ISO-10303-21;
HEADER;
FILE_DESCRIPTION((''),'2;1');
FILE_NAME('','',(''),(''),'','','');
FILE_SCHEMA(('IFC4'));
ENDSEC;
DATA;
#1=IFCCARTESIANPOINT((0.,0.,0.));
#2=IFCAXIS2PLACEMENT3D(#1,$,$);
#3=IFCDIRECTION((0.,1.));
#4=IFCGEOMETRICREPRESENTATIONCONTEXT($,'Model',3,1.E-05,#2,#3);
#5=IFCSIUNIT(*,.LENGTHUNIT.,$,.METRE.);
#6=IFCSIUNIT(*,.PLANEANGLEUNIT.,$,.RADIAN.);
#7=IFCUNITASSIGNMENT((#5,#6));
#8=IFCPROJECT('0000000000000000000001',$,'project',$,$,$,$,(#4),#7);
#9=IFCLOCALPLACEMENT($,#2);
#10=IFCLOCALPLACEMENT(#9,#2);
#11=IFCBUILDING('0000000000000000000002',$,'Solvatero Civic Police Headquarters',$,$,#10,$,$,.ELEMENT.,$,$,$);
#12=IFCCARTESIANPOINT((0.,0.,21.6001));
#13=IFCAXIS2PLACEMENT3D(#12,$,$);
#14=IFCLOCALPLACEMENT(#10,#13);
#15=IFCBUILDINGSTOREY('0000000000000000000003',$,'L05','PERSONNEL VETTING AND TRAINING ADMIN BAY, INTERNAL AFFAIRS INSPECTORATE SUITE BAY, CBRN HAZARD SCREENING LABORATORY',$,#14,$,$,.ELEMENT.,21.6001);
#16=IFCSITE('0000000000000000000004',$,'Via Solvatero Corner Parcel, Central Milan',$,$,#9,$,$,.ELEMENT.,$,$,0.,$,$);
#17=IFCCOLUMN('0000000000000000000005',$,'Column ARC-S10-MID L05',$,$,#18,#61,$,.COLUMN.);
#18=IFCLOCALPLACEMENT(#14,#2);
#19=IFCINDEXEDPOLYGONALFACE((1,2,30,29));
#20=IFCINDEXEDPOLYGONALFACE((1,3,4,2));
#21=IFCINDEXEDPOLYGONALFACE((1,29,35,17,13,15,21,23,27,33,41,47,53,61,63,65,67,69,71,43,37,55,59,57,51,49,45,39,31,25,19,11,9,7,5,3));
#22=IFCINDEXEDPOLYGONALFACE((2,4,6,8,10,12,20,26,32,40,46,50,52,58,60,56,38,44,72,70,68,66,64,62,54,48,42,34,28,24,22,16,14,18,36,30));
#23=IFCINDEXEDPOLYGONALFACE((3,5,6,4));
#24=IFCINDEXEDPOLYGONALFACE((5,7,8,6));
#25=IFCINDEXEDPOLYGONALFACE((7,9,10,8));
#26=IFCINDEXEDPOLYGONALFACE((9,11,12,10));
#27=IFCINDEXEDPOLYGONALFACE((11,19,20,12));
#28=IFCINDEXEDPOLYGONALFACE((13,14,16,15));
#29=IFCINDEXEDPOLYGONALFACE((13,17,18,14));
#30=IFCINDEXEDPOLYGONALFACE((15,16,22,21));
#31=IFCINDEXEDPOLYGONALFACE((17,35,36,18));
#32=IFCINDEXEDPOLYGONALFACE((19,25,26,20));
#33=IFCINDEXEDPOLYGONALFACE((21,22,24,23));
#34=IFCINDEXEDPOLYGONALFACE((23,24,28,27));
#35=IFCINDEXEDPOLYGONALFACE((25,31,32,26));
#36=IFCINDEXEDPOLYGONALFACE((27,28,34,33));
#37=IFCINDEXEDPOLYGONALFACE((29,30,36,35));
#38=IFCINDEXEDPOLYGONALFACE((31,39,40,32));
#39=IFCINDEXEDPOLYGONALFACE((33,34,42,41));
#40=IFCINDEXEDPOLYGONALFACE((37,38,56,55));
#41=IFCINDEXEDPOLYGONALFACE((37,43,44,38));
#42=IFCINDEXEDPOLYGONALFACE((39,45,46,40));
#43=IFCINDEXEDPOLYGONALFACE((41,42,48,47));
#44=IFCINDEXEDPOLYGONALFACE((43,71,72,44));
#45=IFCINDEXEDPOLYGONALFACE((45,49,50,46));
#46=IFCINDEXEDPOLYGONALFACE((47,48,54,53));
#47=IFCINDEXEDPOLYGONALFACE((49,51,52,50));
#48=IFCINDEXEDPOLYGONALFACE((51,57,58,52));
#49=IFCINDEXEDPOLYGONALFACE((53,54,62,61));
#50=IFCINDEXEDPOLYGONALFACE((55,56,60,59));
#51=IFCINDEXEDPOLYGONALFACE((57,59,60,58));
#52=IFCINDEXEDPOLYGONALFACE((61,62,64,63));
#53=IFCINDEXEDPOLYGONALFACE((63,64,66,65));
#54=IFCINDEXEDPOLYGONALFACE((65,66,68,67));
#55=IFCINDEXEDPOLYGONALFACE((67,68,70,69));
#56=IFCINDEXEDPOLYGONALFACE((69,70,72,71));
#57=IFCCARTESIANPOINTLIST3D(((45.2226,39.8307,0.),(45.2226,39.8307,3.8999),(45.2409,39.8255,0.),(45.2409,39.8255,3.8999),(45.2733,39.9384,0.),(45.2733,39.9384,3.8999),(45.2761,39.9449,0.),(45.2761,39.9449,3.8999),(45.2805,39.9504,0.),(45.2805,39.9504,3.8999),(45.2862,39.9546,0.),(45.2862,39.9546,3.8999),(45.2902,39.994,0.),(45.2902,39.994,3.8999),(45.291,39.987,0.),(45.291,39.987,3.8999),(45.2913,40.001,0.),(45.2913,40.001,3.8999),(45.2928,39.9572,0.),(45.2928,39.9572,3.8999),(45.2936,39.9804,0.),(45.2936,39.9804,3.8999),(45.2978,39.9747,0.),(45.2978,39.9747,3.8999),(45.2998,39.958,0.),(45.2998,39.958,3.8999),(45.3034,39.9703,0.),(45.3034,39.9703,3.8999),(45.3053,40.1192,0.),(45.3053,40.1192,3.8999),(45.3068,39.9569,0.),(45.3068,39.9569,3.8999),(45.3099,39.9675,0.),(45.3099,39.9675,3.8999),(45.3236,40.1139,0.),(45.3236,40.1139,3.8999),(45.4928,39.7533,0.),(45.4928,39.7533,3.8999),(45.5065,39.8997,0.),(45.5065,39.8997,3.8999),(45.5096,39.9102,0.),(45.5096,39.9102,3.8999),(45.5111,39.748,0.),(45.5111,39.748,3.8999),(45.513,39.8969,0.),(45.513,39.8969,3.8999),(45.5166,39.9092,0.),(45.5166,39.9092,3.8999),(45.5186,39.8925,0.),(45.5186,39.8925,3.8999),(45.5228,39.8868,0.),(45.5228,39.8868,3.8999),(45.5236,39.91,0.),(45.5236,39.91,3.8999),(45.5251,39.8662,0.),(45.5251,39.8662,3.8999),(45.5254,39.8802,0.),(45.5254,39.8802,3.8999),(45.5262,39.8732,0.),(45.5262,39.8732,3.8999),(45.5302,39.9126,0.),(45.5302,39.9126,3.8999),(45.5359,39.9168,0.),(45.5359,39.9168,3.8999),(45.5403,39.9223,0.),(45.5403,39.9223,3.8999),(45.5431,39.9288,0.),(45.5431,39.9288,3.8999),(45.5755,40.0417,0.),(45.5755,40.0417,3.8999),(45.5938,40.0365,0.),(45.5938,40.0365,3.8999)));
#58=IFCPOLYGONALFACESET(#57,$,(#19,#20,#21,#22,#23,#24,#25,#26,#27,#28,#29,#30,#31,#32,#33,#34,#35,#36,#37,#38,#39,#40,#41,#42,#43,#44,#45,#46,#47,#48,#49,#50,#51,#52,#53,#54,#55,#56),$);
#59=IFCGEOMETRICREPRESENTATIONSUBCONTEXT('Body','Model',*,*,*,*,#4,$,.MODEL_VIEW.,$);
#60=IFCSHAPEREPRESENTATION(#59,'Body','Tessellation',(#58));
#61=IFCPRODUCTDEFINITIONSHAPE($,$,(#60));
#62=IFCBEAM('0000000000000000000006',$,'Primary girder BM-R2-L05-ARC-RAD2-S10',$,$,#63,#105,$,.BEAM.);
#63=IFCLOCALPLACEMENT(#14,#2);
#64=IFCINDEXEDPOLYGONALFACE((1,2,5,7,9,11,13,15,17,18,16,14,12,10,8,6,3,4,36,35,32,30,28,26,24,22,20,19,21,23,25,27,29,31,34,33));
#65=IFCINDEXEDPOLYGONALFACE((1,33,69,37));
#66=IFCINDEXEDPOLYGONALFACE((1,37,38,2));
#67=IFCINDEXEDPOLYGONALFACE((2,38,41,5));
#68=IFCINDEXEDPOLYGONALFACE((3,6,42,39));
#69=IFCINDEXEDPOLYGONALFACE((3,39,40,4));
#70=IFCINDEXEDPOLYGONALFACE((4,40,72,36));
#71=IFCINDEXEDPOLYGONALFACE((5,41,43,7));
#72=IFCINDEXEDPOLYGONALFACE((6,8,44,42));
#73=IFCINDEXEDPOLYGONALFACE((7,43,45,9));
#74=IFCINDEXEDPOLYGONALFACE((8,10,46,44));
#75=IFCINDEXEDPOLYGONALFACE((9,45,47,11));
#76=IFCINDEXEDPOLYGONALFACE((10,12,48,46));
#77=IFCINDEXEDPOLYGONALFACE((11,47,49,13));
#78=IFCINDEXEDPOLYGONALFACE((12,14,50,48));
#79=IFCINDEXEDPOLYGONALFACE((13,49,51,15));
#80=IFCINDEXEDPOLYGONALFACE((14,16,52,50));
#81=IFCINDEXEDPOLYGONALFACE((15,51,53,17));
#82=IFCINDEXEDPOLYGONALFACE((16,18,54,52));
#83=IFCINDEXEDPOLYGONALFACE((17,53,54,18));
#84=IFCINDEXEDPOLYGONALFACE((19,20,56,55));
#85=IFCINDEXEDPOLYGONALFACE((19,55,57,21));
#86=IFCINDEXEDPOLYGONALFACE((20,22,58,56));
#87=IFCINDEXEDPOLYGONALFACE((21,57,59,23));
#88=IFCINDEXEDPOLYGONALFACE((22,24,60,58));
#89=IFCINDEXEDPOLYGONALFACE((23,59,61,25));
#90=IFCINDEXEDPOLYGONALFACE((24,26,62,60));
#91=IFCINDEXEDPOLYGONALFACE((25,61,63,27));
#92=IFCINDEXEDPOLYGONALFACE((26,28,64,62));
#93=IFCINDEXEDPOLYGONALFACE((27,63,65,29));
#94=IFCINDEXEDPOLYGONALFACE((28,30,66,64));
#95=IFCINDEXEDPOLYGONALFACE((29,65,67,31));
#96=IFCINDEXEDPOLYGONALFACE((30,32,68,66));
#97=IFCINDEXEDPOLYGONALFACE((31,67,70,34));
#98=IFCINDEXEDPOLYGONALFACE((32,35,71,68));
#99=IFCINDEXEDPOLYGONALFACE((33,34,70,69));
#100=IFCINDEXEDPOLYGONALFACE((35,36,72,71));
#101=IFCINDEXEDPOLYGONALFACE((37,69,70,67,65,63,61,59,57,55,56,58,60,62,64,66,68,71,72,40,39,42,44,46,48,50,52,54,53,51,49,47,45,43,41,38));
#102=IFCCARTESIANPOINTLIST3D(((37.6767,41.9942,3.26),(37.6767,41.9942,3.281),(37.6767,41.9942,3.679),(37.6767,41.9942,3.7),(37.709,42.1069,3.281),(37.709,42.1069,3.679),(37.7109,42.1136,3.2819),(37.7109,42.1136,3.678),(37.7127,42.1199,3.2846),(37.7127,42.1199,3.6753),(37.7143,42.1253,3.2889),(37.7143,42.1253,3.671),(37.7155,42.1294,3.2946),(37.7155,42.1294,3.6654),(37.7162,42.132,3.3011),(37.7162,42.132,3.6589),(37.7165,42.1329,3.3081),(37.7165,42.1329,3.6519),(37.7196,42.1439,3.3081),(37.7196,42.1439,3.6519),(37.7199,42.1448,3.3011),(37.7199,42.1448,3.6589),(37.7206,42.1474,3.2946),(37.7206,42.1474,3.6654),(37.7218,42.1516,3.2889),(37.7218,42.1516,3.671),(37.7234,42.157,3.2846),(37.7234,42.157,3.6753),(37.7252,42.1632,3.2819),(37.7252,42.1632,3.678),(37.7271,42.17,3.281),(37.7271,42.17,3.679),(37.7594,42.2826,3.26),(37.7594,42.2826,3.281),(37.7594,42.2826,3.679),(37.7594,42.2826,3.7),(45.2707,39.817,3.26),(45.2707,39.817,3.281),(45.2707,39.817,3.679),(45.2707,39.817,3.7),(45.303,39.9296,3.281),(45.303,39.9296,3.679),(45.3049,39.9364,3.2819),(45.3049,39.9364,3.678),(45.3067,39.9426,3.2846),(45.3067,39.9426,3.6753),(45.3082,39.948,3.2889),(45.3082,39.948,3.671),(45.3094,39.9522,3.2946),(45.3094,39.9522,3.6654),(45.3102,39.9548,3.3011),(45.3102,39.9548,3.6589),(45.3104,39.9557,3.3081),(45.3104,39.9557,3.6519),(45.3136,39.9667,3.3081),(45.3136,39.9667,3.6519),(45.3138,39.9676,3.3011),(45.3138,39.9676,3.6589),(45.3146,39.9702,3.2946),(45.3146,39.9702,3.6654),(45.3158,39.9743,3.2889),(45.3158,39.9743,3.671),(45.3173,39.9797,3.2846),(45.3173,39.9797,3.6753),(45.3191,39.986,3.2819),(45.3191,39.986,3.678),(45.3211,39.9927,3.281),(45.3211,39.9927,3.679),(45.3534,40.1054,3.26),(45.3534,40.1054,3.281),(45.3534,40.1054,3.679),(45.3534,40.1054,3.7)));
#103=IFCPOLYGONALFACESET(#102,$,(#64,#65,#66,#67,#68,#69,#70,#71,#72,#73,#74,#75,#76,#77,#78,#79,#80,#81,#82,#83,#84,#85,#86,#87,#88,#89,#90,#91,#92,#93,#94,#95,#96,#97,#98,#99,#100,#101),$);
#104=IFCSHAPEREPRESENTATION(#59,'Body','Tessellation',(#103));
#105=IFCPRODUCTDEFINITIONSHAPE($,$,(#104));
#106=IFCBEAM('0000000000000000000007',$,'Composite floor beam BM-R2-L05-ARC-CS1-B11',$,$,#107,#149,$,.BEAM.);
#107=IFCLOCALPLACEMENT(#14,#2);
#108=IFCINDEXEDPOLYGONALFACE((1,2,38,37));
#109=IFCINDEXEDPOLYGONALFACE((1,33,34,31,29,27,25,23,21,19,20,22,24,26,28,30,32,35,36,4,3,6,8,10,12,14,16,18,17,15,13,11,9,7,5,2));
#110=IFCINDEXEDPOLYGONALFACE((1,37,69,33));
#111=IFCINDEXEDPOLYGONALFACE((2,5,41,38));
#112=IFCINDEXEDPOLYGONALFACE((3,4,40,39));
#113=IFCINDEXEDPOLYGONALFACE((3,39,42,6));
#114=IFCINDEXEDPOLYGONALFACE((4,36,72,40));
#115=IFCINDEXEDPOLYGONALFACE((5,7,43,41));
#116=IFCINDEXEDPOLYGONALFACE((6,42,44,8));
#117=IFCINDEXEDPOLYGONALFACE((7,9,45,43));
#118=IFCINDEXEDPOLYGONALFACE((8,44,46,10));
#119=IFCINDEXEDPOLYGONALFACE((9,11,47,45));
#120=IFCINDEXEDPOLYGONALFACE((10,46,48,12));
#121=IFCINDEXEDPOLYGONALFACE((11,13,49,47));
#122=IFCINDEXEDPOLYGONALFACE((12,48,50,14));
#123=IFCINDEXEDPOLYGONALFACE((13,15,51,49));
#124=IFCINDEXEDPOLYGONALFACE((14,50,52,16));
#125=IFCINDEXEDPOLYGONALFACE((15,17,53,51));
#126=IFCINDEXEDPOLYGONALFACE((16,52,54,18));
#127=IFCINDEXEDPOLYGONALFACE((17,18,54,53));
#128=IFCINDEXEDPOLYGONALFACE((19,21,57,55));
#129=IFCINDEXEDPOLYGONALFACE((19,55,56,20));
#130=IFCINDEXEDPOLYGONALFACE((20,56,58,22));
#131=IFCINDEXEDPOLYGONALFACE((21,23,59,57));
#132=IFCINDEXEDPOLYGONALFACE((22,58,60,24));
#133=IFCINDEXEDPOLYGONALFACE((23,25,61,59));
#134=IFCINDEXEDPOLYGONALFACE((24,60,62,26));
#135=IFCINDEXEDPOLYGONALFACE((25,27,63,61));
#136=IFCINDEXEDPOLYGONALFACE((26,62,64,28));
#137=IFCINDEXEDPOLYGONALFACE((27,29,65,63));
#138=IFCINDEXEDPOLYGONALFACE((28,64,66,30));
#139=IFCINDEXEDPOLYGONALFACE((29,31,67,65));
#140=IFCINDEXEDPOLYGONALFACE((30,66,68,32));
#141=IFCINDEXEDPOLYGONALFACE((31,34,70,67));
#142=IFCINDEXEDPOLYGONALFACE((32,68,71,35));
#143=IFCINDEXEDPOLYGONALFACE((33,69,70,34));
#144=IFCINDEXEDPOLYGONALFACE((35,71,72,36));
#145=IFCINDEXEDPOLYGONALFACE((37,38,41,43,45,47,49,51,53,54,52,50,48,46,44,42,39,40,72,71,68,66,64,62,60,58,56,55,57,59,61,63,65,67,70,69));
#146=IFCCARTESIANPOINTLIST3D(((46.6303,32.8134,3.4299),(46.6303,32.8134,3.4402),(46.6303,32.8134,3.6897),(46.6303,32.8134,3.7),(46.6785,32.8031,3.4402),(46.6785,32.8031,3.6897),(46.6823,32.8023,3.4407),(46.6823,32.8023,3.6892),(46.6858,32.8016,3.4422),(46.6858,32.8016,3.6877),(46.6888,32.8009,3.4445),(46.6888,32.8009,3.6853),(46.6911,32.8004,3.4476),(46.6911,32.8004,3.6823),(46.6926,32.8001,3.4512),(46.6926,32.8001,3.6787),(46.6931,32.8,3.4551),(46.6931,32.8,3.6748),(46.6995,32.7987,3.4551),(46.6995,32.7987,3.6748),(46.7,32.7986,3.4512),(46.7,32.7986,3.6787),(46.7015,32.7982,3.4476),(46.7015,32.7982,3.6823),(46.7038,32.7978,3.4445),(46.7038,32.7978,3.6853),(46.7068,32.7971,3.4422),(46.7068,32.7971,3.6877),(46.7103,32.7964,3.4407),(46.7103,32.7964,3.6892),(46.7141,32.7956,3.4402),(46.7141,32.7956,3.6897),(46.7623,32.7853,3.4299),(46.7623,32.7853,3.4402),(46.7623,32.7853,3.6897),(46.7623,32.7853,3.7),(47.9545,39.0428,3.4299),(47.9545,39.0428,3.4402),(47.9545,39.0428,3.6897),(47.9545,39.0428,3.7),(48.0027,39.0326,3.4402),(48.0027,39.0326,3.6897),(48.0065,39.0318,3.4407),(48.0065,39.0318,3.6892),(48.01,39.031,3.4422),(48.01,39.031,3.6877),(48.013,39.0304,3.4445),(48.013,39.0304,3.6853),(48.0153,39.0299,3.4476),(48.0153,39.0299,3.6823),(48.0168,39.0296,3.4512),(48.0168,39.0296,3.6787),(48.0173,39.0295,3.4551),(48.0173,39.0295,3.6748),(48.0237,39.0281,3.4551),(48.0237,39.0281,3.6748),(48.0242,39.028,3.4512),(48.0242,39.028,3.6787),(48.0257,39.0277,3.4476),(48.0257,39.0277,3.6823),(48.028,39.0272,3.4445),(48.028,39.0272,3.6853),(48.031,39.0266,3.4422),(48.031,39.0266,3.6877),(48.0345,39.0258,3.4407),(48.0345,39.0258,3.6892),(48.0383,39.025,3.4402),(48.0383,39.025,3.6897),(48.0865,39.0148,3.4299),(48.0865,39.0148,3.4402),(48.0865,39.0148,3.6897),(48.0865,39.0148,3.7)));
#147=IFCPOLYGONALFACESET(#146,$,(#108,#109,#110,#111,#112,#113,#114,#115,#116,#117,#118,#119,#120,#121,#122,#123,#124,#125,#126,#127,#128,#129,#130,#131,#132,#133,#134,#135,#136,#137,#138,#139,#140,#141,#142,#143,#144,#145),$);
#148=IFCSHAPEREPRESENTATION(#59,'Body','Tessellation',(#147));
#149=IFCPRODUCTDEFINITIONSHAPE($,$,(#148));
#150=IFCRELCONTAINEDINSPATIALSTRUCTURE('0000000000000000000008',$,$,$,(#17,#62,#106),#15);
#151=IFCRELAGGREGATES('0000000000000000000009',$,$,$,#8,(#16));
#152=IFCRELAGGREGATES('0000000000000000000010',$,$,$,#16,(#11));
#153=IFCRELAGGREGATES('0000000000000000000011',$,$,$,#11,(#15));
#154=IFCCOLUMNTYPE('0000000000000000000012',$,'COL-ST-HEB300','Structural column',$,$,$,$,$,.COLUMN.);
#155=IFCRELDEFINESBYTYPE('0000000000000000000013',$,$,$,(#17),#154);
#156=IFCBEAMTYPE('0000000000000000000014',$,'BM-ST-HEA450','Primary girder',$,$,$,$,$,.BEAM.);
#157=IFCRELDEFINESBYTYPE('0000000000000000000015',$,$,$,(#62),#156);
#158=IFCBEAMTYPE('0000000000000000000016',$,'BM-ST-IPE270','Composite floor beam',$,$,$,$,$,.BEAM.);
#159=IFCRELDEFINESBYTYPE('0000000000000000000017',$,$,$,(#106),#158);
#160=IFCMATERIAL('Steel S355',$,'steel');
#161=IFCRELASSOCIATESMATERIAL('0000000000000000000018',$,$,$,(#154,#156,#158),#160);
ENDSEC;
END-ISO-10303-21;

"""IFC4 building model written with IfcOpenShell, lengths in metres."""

from ifc_helpers import new_model, si_unit, direction, frame, origin, origin_2d, place, context, subcontext, project, spatial, i_section, extrude, material, material_profile, profile_set, type_object, element, save


model = new_model("IFC4")

# Units and contexts
model_context = context("Model", 3, precision=1e-05, world=origin(), true_north=direction((0.0, 1.0)))
body_context = subcontext(model_context, "Body", "Model", "MODEL_VIEW")
ifc_project = project(units=[si_unit("LENGTHUNIT", "METRE"), si_unit("PLANEANGLEUNIT", "RADIAN")], contexts=[model_context])

# Site, building, storey
site_placement = place(None, origin())
site = spatial("IfcSite", under=ifc_project, at=site_placement, Name="Via Solvatero Corner Parcel, Central Milan", CompositionType="ELEMENT", RefElevation=0.0)
building_placement = place(site_placement, origin())
building = spatial("IfcBuilding", under=site, at=building_placement, Name="Solvatero Civic Police Headquarters", CompositionType="ELEMENT")
storey_placement = place(building_placement, frame((0.0, 0.0, 21.6001)))
storey = spatial("IfcBuildingStorey", under=building, at=storey_placement, Name="L05", Description="PERSONNEL VETTING AND TRAINING ADMIN BAY, INTERNAL AFFAIRS INSPECTORATE SUITE BAY, CBRN HAZARD SCREENING LABORATORY", CompositionType="ELEMENT", Elevation=21.6001)

# Column
ifc_material_1 = material(Name="Steel S355", Category="steel")
ifc_material_profile_1 = material_profile(ifc_material_1, i_section(OverallWidth=0.3, OverallDepth=0.3, WebThickness=0.011, FlangeThickness=0.019, FilletRadius=0.0271, at=origin_2d()), Name="HEB 300")
ifc_profile_set_1 = profile_set([ifc_material_profile_1], Name="Steel S355")
column_type = type_object("IfcColumnType", Name="COL-ST-HEB300", Description="Structural column", PredefinedType="COLUMN", material=ifc_profile_set_1)
column_placement = place(storey_placement, frame((45.4082, 39.9336, 0.0), z_axis=(0.0, 0.0, 1.0), x_axis=(0.275637, 0.961262, 0.0)))
element("IfcColumn", 1, at=column_placement, inside=storey, type_object=column_type, Name="Column ARC-S10-MID L05", PredefinedType="COLUMN", context=body_context, shape_type="SweptSolid", body=[
    extrude(i_section(OverallWidth=0.3, OverallDepth=0.3, WebThickness=0.011, FlangeThickness=0.019, FilletRadius=0.0271, at=origin_2d()), origin(), (0.0, 0.0, 1.0), 3.8999),
])

# Beams
ifc_material_profile_2 = material_profile(ifc_material_1, i_section(OverallWidth=0.3, OverallDepth=0.4399, WebThickness=0.0115, FlangeThickness=0.021, FilletRadius=0.0271, at=origin_2d()), Name="HEA 450")
ifc_profile_set_2 = profile_set([ifc_material_profile_2], Name="Steel S355")
beam_type_1 = type_object("IfcBeamType", Name="BM-ST-HEA450", Description="Primary girder", PredefinedType="BEAM", material=ifc_profile_set_2)
beam_1_placement = place(storey_placement, frame((45.312, 39.9612, 3.48), z_axis=(-0.961272, 0.275603, 0.0), x_axis=(-0.275603, -0.961272, 0.0)))
element("IfcBeam", 2, at=beam_1_placement, inside=storey, type_object=beam_type_1, Name="Primary girder BM-R2-L05-ARC-RAD2-S10", PredefinedType="BEAM", context=body_context, shape_type="SweptSolid", body=[
    extrude(i_section(OverallWidth=0.3, OverallDepth=0.4399, WebThickness=0.0115, FlangeThickness=0.021, FilletRadius=0.0271, at=origin_2d()), origin(), (0.0, 0.0, 1.0), 7.8999),
])
ifc_material_profile_3 = material_profile(ifc_material_1, i_section(OverallWidth=0.135, OverallDepth=0.27, WebThickness=0.0066, FlangeThickness=0.0103, FilletRadius=0.0149, at=origin_2d()), Name="IPE 270")
ifc_profile_set_3 = profile_set([ifc_material_profile_3], Name="Steel S355")
beam_type_2 = type_object("IfcBeamType", Name="BM-ST-IPE270", Description="Composite floor beam", PredefinedType="BEAM", material=ifc_profile_set_3)
beam_2_placement = place(storey_placement, frame((48.0205, 39.0288, 3.5649), z_axis=(-0.207927, -0.978144, 0.0), x_axis=(0.978144, -0.207927, 0.0)))
element("IfcBeam", 3, at=beam_2_placement, inside=storey, type_object=beam_type_2, Name="Composite floor beam BM-R2-L05-ARC-CS1-B11", PredefinedType="BEAM", context=body_context, shape_type="SweptSolid", body=[
    extrude(i_section(OverallWidth=0.135, OverallDepth=0.27, WebThickness=0.0066, FlangeThickness=0.0103, FilletRadius=0.0149, at=origin_2d()), origin(), (0.0, 0.0, 1.0), 6.3687),
])

save(model, "model.ifc")
